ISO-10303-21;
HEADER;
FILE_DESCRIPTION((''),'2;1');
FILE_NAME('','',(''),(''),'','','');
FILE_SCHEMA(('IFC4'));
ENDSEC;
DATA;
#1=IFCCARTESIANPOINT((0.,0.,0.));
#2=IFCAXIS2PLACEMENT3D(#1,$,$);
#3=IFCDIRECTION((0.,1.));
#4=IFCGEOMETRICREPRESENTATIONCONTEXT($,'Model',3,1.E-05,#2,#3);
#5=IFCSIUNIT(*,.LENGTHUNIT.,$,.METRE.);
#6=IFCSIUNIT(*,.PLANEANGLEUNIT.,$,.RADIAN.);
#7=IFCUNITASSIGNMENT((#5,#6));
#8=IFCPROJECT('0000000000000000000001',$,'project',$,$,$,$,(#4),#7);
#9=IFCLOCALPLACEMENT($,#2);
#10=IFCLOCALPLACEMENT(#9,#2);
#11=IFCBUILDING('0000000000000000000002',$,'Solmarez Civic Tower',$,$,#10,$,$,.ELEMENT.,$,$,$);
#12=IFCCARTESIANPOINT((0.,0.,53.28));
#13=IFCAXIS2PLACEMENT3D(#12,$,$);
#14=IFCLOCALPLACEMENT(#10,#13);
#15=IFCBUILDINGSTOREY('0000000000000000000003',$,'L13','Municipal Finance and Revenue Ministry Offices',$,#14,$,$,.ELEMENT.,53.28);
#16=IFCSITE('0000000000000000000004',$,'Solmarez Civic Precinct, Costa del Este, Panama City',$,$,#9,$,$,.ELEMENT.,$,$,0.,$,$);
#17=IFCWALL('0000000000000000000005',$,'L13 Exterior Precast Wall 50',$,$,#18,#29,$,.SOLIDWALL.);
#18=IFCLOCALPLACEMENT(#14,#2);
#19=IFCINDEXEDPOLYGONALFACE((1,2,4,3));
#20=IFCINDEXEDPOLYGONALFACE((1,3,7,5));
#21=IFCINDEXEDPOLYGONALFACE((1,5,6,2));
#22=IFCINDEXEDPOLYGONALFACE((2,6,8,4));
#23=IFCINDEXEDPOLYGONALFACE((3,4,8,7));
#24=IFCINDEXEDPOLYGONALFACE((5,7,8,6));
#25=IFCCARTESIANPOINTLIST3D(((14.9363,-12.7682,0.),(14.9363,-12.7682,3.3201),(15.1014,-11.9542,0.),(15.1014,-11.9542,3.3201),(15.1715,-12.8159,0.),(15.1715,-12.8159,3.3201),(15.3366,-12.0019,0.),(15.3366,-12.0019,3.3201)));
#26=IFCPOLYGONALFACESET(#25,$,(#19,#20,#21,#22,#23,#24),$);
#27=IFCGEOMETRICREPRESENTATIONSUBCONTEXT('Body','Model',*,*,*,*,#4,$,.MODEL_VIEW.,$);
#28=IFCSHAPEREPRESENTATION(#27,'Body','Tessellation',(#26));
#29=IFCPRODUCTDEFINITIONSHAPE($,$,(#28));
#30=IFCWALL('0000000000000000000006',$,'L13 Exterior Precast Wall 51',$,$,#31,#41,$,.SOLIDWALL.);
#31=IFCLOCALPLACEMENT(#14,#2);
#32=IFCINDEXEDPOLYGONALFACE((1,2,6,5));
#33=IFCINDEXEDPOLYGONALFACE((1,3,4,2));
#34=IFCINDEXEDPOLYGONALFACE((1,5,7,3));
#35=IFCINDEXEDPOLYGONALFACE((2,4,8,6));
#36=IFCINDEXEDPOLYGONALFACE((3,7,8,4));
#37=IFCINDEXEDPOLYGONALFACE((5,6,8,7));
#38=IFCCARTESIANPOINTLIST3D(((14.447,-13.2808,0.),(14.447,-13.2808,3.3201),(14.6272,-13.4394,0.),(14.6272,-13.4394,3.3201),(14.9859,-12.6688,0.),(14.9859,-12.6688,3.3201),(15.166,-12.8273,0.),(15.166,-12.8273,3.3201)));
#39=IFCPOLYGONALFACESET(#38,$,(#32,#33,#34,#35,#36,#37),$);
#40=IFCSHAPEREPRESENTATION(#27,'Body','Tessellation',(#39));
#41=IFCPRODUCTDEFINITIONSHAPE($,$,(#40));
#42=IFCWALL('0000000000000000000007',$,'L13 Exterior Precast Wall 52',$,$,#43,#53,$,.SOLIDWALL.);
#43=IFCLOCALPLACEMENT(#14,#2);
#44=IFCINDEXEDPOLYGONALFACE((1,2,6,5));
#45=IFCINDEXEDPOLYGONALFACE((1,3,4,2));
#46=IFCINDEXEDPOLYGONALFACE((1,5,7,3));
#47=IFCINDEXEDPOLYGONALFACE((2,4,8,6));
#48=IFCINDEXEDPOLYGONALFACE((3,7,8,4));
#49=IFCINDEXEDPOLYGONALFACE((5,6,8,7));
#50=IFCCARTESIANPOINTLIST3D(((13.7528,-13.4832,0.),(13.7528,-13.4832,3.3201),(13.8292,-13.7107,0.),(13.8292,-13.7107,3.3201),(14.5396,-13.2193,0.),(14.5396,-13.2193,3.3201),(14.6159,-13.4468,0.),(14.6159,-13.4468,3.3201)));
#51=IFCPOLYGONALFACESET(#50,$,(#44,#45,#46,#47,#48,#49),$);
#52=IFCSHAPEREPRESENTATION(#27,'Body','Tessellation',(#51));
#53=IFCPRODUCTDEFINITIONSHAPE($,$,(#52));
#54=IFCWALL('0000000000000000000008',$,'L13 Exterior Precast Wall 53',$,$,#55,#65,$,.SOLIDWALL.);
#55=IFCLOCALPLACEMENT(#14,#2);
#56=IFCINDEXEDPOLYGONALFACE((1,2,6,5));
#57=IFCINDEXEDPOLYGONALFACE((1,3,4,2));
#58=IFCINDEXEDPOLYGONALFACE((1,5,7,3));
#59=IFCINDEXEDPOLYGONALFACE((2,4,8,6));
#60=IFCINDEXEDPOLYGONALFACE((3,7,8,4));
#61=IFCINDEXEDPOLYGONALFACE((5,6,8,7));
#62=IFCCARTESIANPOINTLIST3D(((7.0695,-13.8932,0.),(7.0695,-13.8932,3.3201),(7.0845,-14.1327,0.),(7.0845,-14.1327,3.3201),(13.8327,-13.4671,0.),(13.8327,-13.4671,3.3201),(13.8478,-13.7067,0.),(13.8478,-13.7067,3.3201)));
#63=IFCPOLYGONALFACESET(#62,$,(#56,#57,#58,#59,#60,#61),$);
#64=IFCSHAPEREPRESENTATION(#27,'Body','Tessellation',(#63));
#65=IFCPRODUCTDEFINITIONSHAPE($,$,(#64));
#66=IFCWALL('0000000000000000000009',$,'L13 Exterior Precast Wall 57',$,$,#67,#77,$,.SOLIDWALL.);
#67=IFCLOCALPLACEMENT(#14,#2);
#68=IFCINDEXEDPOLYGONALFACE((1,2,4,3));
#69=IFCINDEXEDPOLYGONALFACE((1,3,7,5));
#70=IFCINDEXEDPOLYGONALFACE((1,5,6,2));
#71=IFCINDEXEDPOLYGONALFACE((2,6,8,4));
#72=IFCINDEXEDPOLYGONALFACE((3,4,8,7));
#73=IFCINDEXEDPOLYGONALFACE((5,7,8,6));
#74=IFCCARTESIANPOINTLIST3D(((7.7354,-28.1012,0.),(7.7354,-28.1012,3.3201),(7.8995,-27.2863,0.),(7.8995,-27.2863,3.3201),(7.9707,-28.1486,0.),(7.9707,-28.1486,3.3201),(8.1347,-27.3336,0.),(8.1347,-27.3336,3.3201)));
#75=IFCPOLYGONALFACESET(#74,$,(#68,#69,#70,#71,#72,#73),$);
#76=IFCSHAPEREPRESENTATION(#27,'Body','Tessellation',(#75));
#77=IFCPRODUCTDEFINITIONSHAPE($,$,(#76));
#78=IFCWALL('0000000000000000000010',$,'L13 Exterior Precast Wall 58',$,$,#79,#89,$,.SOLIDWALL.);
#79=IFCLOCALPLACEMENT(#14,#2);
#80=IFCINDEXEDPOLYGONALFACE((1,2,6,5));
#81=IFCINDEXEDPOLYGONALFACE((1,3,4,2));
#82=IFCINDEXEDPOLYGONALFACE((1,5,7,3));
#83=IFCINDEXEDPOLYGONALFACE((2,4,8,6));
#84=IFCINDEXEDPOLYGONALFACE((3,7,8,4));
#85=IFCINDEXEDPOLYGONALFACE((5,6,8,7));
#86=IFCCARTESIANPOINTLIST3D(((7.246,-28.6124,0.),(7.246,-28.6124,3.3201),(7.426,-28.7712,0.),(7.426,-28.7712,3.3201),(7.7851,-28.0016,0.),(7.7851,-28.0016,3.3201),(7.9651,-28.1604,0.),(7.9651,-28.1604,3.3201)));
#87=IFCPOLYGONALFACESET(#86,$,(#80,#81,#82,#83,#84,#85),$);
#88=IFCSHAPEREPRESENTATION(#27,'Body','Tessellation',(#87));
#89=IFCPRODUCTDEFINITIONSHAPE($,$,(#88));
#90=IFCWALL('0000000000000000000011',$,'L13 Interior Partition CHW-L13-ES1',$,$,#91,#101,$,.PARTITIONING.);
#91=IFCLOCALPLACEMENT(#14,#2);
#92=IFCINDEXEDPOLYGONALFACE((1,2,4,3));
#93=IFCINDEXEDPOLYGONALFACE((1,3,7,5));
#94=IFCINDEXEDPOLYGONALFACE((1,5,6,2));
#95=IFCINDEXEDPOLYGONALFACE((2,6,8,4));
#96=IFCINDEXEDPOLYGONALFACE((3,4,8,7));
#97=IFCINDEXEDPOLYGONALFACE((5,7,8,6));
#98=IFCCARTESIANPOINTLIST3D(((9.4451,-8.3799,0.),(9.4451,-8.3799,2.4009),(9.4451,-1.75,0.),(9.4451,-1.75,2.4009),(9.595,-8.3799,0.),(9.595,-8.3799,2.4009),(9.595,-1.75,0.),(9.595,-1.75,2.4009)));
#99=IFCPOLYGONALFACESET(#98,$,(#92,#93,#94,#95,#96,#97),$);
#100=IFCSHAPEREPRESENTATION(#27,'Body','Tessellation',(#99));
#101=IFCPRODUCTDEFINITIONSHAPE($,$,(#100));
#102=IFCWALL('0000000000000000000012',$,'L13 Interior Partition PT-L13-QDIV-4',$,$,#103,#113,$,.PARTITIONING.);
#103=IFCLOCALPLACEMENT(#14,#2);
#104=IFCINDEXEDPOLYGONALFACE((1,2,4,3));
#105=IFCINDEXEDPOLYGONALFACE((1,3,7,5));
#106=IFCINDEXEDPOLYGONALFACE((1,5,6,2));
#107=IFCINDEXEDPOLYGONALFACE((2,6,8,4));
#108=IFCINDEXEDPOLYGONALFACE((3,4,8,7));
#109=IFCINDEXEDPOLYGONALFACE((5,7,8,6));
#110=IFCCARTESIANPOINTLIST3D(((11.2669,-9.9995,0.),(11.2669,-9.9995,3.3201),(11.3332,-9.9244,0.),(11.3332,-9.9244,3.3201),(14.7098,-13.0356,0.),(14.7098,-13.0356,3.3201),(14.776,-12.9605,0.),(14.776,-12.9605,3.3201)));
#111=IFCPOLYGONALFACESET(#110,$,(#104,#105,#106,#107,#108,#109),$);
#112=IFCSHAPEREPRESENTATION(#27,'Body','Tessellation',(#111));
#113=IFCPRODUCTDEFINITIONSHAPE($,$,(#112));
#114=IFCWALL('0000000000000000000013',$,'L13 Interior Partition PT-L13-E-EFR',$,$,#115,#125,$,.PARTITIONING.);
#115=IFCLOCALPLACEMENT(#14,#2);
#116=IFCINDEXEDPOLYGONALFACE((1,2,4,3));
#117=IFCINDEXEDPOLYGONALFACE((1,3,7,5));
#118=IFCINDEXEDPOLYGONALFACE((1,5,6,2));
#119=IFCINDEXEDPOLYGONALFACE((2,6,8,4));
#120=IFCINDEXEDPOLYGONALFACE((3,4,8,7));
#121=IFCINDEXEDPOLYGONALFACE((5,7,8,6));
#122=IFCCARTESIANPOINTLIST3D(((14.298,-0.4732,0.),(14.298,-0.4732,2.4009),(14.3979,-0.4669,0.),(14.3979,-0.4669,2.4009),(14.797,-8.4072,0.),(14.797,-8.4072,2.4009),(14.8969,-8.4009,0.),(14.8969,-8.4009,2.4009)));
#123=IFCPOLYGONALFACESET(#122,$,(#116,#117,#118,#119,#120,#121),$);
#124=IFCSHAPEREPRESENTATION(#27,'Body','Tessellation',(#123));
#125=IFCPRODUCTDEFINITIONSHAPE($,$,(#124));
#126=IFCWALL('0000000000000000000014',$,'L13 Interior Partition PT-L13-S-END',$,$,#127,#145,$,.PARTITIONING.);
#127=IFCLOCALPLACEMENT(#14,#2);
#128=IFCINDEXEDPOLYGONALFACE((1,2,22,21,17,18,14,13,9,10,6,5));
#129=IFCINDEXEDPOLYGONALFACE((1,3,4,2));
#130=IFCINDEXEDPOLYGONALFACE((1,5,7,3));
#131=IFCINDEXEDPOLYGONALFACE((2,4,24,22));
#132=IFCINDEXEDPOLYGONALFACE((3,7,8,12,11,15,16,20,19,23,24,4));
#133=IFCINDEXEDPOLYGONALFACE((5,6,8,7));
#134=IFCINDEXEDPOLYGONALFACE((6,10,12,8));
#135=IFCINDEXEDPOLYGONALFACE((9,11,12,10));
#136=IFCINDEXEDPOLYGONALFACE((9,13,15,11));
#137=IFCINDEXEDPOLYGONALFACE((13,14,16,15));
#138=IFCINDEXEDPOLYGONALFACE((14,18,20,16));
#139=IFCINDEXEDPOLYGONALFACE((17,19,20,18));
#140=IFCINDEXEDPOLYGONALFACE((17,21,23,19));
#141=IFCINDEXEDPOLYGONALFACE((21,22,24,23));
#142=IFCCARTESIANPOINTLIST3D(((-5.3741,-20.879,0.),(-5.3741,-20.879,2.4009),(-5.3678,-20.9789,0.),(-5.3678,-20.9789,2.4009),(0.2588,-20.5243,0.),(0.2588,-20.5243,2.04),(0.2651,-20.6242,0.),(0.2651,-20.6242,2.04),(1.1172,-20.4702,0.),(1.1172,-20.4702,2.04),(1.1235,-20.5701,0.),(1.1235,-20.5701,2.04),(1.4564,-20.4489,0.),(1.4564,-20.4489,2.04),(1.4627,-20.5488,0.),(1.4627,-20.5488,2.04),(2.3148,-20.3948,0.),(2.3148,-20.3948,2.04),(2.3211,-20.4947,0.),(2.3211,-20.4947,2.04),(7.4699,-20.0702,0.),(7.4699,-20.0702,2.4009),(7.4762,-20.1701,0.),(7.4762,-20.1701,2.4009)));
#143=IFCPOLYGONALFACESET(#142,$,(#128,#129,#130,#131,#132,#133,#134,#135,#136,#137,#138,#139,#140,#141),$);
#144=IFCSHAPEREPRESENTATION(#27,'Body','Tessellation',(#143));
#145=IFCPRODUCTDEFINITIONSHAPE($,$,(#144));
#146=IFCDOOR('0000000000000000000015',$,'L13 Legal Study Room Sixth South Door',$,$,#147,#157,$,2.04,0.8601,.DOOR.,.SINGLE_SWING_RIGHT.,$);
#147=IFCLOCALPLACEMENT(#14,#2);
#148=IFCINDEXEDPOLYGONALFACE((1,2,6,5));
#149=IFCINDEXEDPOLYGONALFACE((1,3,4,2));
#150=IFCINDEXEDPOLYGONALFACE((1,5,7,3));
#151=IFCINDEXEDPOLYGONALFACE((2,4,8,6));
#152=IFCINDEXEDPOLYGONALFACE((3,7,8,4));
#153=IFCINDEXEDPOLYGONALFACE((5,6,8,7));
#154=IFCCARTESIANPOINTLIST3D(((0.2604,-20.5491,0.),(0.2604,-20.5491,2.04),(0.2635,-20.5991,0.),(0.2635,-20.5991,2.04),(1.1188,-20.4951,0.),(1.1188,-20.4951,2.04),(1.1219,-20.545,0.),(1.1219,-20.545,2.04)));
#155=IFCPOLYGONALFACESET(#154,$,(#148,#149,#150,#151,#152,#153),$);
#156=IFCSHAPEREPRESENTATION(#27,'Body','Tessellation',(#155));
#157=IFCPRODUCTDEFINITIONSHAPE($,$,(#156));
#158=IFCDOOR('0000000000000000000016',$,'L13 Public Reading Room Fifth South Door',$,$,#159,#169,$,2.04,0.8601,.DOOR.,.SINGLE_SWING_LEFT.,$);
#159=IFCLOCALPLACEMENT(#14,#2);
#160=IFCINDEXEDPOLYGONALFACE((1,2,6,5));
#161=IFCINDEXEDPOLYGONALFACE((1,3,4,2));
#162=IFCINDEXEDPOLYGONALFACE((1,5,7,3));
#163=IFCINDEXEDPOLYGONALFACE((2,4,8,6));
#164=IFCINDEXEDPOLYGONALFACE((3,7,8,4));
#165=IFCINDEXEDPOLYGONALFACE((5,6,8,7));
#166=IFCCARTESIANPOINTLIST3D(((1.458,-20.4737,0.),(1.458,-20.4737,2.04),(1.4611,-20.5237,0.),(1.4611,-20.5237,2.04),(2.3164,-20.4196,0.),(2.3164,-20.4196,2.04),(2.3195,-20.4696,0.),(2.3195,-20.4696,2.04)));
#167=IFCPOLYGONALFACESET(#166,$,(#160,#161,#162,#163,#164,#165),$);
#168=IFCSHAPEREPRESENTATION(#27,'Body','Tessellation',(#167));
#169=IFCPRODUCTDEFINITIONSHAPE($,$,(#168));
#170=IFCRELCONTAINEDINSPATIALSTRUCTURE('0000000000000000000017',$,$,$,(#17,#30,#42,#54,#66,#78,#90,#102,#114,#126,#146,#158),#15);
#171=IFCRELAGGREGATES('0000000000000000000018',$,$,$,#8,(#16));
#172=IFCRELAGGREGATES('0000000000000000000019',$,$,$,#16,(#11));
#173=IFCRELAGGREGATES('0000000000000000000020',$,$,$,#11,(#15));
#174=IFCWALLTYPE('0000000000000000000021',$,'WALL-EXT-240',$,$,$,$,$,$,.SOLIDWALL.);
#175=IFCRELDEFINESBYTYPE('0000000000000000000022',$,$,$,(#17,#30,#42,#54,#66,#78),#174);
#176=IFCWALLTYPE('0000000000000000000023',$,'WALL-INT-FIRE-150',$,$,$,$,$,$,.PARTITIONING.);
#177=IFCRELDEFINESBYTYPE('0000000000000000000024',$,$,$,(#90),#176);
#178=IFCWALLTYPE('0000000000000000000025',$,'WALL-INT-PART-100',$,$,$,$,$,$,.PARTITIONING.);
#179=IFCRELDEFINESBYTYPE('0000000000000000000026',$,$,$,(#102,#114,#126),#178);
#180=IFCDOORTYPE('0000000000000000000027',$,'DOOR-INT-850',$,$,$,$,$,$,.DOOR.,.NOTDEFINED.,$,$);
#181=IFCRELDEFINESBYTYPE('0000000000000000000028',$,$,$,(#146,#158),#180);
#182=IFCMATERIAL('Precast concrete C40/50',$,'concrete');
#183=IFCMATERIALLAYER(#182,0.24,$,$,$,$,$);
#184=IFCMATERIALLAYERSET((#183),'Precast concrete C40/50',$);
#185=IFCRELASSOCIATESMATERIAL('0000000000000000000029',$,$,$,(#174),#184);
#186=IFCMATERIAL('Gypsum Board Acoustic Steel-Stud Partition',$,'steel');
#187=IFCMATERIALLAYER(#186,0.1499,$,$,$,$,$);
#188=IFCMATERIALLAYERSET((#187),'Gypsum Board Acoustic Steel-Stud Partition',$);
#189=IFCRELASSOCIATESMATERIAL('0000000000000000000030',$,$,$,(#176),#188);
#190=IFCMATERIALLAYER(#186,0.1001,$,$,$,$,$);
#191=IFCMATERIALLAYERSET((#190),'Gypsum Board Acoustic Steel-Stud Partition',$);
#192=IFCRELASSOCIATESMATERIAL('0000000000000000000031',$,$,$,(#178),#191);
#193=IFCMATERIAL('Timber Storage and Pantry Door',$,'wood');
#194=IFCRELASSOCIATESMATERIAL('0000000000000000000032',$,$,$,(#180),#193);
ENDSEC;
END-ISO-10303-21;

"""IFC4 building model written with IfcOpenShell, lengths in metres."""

from ifc_helpers import new_model, si_unit, direction, frame, frame_2d, origin, place, context, subcontext, project, spatial, rectangle, extrude, material, layer, layer_set, type_object, element, fill, save


model = new_model("IFC4")

# Units and contexts
model_context = context("Model", 3, precision=1e-05, world=origin(), true_north=direction((0.0, 1.0)))
body_context = subcontext(model_context, "Body", "Model", "MODEL_VIEW")
ifc_project = project(units=[si_unit("LENGTHUNIT", "METRE"), si_unit("PLANEANGLEUNIT", "RADIAN")], contexts=[model_context])

# Site, building, storey
site_placement = place(None, origin())
site = spatial("IfcSite", under=ifc_project, at=site_placement, Name="Solmarez Civic Precinct, Costa del Este, Panama City", CompositionType="ELEMENT", RefElevation=0.0)
building_placement = place(site_placement, origin())
building = spatial("IfcBuilding", under=site, at=building_placement, Name="Solmarez Civic Tower", CompositionType="ELEMENT")
storey_placement = place(building_placement, frame((0.0, 0.0, 53.28)))
storey = spatial("IfcBuildingStorey", under=building, at=storey_placement, Name="L13", Description="Municipal Finance and Revenue Ministry Offices", CompositionType="ELEMENT", Elevation=53.28)

# Shared definitions
ifc_material_1 = material(Name="Precast concrete C40/50", Category="concrete")
ifc_layer_1 = layer(ifc_material_1, 0.24)
ifc_layer_set_1 = layer_set([ifc_layer_1], Name="Precast concrete C40/50")
wall_type_1 = type_object("IfcWallType", Name="WALL-EXT-240", PredefinedType="SOLIDWALL", material=ifc_layer_set_1)

# Walls
wall_1_placement = place(storey_placement, frame((15.219, -11.978, 0.0), z_axis=(0.0, 0.0, 1.0), x_axis=(-0.198716, -0.980057, 0.0)))
element("IfcWall", 1, at=wall_1_placement, inside=storey, type_object=wall_type_1, Name="L13 Exterior Precast Wall 50", PredefinedType="SOLIDWALL", context=body_context, shape_type="SweptSolid", body=[
    extrude(rectangle(XDim=0.8306, YDim=0.24, at=frame_2d((0.4153, 0.0))), origin(), (0.0, 0.0, 1.0), 3.3201),
])
wall_2_placement = place(storey_placement, frame((15.0759, -12.748, 0.0), z_axis=(0.0, 0.0, 1.0), x_axis=(-0.66077, -0.750589, 0.0)))
element("IfcWall", 2, at=wall_2_placement, inside=storey, type_object=wall_type_1, Name="L13 Exterior Precast Wall 51", PredefinedType="SOLIDWALL", context=body_context, shape_type="SweptSolid", body=[
    extrude(rectangle(XDim=0.8154, YDim=0.24, at=frame_2d((0.4077, 0.0))), origin(), (0.0, 0.0, 1.0), 3.3201),
])
wall_3_placement = place(storey_placement, frame((14.5779, -13.333, 0.0), z_axis=(0.0, 0.0, 1.0), x_axis=(-0.948093, -0.317992, 0.0)))
element("IfcWall", 3, at=wall_3_placement, inside=storey, type_object=wall_type_1, Name="L13 Exterior Precast Wall 52", PredefinedType="SOLIDWALL", context=body_context, shape_type="SweptSolid", body=[
    extrude(rectangle(XDim=0.8298, YDim=0.24, at=frame_2d((0.415, 0.0))), origin(), (0.0, 0.0, 1.0), 3.3201),
])
wall_4_placement = place(storey_placement, frame((13.8401, -13.5869, 0.0), z_axis=(0.0, 0.0, 1.0), x_axis=(-0.998022, -0.062867, 0.0)))
element("IfcWall", 4, at=wall_4_placement, inside=storey, type_object=wall_type_1, Name="L13 Exterior Precast Wall 53", PredefinedType="SOLIDWALL", context=body_context, shape_type="SweptSolid", body=[
    extrude(rectangle(XDim=6.7766, YDim=0.24, at=frame_2d((3.3882, 0.0))), origin(), (0.0, 0.0, 1.0), 3.3201),
])
wall_5_placement = place(storey_placement, frame((8.0171, -27.3101, 0.0), z_axis=(0.0, 0.0, 1.0), x_axis=(-0.197359, -0.980331, 0.0)))
element("IfcWall", 5, at=wall_5_placement, inside=storey, type_object=wall_type_1, Name="L13 Exterior Precast Wall 57", PredefinedType="SOLIDWALL", context=body_context, shape_type="SweptSolid", body=[
    extrude(rectangle(XDim=0.8313, YDim=0.24, at=frame_2d((0.4155, 0.0))), origin(), (0.0, 0.0, 1.0), 3.3201),
])
wall_6_placement = place(storey_placement, frame((7.875, -28.0811, 0.0), z_axis=(0.0, 0.0, 1.0), x_axis=(-0.661681, -0.749785, 0.0)))
element("IfcWall", 6, at=wall_6_placement, inside=storey, type_object=wall_type_1, Name="L13 Exterior Precast Wall 58", PredefinedType="SOLIDWALL", context=body_context, shape_type="SweptSolid", body=[
    extrude(rectangle(XDim=0.8147, YDim=0.24, at=frame_2d((0.4072, 0.0))), origin(), (0.0, 0.0, 1.0), 3.3201),
])
ifc_material_2 = material(Name="Gypsum Board Acoustic Steel-Stud Partition", Category="steel")
ifc_layer_2 = layer(ifc_material_2, 0.1499)
ifc_layer_set_2 = layer_set([ifc_layer_2], Name="Gypsum Board Acoustic Steel-Stud Partition")
wall_type_2 = type_object("IfcWallType", Name="WALL-INT-FIRE-150", PredefinedType="PARTITIONING", material=ifc_layer_set_2)
wall_7_placement = place(storey_placement, frame((9.52, -8.3799, 0.0), z_axis=(0.0, 0.0, 1.0), x_axis=(0.0, 1.0, 0.0)))
element("IfcWall", 7, at=wall_7_placement, inside=storey, type_object=wall_type_2, Name="L13 Interior Partition CHW-L13-ES1", PredefinedType="PARTITIONING", context=body_context, shape_type="SweptSolid", body=[
    extrude(rectangle(XDim=6.6299, YDim=0.1499, at=frame_2d((3.3149, 0.0))), origin(), (0.0, 0.0, 1.0), 2.4009),
])
ifc_layer_3 = layer(ifc_material_2, 0.1001)
ifc_layer_set_3 = layer_set([ifc_layer_3], Name="Gypsum Board Acoustic Steel-Stud Partition")
wall_type_3 = type_object("IfcWallType", Name="WALL-INT-PART-100", PredefinedType="PARTITIONING", material=ifc_layer_set_3)
wall_8_placement = place(storey_placement, frame((11.3, -9.9619, 0.0), z_axis=(0.0, 0.0, 1.0), x_axis=(0.750021, -0.661414, 0.0)))
element("IfcWall", 8, at=wall_8_placement, inside=storey, type_object=wall_type_3, Name="L13 Interior Partition PT-L13-QDIV-4", PredefinedType="PARTITIONING", context=body_context, shape_type="SweptSolid", body=[
    extrude(rectangle(XDim=4.5903, YDim=0.1001, at=frame_2d((2.2952, 0.0))), origin(), (0.0, 0.0, 1.0), 3.3201),
])
wall_9_placement = place(storey_placement, frame((14.8469, -8.4041, 0.0), z_axis=(0.0, 0.0, 1.0), x_axis=(-0.062772, 0.998028, 0.0)))
element("IfcWall", 9, at=wall_9_placement, inside=storey, type_object=wall_type_3, Name="L13 Interior Partition PT-L13-E-EFR", PredefinedType="PARTITIONING", context=body_context, shape_type="SweptSolid", body=[
    extrude(rectangle(XDim=7.9497, YDim=0.1001, at=frame_2d((3.9749, 0.0))), origin(), (0.0, 0.0, 1.0), 2.4009),
])

# Wall, openings, doors
wall_10_placement = place(storey_placement, frame((7.4729, -20.1201, 0.0), z_axis=(0.0, 0.0, 1.0), x_axis=(-0.998023, -0.06285, 0.0)))
wall_10 = element("IfcWall", 10, at=wall_10_placement, inside=storey, type_object=wall_type_3, Name="L13 Interior Partition PT-L13-S-END", PredefinedType="PARTITIONING", context=body_context, shape_type="SweptSolid", body=[
    extrude(rectangle(XDim=12.8694, YDim=0.1001, at=frame_2d((6.4346, 0.0))), origin(), (0.0, 0.0, 1.0), 2.4009),
])
opening_1_placement = place(wall_10_placement, frame((6.365, 0.0, 0.0)))
opening_1 = element("IfcOpeningElement", 11, at=opening_1_placement, cuts=wall_10, PredefinedType="OPENING", context=body_context, shape_type="SweptSolid", body=[
    extrude(rectangle(XDim=0.8601, YDim=2.04, at=frame_2d((0.4302, 1.02))), frame((0.0, 0.0601, 0.0), z_axis=(0.0, -1.0, 0.0), x_axis=(1.0, 0.0, 0.0)), (0.0, 0.0, 1.0), 0.1201),
])
opening_2_placement = place(wall_10_placement, frame((5.165, 0.0, 0.0)))
opening_2 = element("IfcOpeningElement", 12, at=opening_2_placement, cuts=wall_10, PredefinedType="OPENING", context=body_context, shape_type="SweptSolid", body=[
    extrude(rectangle(XDim=0.8601, YDim=2.04, at=frame_2d((0.4302, 1.02))), frame((0.0, 0.0601, 0.0), z_axis=(0.0, -1.0, 0.0), x_axis=(1.0, 0.0, 0.0)), (0.0, 0.0, 1.0), 0.1201),
])
ifc_material_3 = material(Name="Timber Storage and Pantry Door", Category="wood")
door_type = type_object("IfcDoorType", Name="DOOR-INT-850", OperationType="NOTDEFINED", PredefinedType="DOOR", material=ifc_material_3)
door_1_placement = place(opening_1_placement, origin())
door_1 = element("IfcDoor", 13, at=door_1_placement, inside=storey, type_object=door_type, Name="L13 Legal Study Room Sixth South Door", OperationType="SINGLE_SWING_RIGHT", OverallHeight=2.04, OverallWidth=0.8601, PredefinedType="DOOR", context=body_context, shape_type="SweptSolid", body=[
    extrude(rectangle(XDim=0.8601, YDim=2.04, at=frame_2d((0.4302, 1.02))), frame((0.0, 0.0249, 0.0), z_axis=(0.0, -1.0, 0.0), x_axis=(1.0, 0.0, 0.0)), (0.0, 0.0, 1.0), 0.05),
])
fill(opening_1, door_1)
door_2_placement = place(opening_2_placement, origin())
door_2 = element("IfcDoor", 14, at=door_2_placement, inside=storey, type_object=door_type, Name="L13 Public Reading Room Fifth South Door", OperationType="SINGLE_SWING_LEFT", OverallHeight=2.04, OverallWidth=0.8601, PredefinedType="DOOR", context=body_context, shape_type="SweptSolid", body=[
    extrude(rectangle(XDim=0.8601, YDim=2.04, at=frame_2d((0.4302, 1.02))), frame((0.0, 0.0249, 0.0), z_axis=(0.0, -1.0, 0.0), x_axis=(1.0, 0.0, 0.0)), (0.0, 0.0, 1.0), 0.05),
])
fill(opening_2, door_2)

save(model, "model.ifc")
